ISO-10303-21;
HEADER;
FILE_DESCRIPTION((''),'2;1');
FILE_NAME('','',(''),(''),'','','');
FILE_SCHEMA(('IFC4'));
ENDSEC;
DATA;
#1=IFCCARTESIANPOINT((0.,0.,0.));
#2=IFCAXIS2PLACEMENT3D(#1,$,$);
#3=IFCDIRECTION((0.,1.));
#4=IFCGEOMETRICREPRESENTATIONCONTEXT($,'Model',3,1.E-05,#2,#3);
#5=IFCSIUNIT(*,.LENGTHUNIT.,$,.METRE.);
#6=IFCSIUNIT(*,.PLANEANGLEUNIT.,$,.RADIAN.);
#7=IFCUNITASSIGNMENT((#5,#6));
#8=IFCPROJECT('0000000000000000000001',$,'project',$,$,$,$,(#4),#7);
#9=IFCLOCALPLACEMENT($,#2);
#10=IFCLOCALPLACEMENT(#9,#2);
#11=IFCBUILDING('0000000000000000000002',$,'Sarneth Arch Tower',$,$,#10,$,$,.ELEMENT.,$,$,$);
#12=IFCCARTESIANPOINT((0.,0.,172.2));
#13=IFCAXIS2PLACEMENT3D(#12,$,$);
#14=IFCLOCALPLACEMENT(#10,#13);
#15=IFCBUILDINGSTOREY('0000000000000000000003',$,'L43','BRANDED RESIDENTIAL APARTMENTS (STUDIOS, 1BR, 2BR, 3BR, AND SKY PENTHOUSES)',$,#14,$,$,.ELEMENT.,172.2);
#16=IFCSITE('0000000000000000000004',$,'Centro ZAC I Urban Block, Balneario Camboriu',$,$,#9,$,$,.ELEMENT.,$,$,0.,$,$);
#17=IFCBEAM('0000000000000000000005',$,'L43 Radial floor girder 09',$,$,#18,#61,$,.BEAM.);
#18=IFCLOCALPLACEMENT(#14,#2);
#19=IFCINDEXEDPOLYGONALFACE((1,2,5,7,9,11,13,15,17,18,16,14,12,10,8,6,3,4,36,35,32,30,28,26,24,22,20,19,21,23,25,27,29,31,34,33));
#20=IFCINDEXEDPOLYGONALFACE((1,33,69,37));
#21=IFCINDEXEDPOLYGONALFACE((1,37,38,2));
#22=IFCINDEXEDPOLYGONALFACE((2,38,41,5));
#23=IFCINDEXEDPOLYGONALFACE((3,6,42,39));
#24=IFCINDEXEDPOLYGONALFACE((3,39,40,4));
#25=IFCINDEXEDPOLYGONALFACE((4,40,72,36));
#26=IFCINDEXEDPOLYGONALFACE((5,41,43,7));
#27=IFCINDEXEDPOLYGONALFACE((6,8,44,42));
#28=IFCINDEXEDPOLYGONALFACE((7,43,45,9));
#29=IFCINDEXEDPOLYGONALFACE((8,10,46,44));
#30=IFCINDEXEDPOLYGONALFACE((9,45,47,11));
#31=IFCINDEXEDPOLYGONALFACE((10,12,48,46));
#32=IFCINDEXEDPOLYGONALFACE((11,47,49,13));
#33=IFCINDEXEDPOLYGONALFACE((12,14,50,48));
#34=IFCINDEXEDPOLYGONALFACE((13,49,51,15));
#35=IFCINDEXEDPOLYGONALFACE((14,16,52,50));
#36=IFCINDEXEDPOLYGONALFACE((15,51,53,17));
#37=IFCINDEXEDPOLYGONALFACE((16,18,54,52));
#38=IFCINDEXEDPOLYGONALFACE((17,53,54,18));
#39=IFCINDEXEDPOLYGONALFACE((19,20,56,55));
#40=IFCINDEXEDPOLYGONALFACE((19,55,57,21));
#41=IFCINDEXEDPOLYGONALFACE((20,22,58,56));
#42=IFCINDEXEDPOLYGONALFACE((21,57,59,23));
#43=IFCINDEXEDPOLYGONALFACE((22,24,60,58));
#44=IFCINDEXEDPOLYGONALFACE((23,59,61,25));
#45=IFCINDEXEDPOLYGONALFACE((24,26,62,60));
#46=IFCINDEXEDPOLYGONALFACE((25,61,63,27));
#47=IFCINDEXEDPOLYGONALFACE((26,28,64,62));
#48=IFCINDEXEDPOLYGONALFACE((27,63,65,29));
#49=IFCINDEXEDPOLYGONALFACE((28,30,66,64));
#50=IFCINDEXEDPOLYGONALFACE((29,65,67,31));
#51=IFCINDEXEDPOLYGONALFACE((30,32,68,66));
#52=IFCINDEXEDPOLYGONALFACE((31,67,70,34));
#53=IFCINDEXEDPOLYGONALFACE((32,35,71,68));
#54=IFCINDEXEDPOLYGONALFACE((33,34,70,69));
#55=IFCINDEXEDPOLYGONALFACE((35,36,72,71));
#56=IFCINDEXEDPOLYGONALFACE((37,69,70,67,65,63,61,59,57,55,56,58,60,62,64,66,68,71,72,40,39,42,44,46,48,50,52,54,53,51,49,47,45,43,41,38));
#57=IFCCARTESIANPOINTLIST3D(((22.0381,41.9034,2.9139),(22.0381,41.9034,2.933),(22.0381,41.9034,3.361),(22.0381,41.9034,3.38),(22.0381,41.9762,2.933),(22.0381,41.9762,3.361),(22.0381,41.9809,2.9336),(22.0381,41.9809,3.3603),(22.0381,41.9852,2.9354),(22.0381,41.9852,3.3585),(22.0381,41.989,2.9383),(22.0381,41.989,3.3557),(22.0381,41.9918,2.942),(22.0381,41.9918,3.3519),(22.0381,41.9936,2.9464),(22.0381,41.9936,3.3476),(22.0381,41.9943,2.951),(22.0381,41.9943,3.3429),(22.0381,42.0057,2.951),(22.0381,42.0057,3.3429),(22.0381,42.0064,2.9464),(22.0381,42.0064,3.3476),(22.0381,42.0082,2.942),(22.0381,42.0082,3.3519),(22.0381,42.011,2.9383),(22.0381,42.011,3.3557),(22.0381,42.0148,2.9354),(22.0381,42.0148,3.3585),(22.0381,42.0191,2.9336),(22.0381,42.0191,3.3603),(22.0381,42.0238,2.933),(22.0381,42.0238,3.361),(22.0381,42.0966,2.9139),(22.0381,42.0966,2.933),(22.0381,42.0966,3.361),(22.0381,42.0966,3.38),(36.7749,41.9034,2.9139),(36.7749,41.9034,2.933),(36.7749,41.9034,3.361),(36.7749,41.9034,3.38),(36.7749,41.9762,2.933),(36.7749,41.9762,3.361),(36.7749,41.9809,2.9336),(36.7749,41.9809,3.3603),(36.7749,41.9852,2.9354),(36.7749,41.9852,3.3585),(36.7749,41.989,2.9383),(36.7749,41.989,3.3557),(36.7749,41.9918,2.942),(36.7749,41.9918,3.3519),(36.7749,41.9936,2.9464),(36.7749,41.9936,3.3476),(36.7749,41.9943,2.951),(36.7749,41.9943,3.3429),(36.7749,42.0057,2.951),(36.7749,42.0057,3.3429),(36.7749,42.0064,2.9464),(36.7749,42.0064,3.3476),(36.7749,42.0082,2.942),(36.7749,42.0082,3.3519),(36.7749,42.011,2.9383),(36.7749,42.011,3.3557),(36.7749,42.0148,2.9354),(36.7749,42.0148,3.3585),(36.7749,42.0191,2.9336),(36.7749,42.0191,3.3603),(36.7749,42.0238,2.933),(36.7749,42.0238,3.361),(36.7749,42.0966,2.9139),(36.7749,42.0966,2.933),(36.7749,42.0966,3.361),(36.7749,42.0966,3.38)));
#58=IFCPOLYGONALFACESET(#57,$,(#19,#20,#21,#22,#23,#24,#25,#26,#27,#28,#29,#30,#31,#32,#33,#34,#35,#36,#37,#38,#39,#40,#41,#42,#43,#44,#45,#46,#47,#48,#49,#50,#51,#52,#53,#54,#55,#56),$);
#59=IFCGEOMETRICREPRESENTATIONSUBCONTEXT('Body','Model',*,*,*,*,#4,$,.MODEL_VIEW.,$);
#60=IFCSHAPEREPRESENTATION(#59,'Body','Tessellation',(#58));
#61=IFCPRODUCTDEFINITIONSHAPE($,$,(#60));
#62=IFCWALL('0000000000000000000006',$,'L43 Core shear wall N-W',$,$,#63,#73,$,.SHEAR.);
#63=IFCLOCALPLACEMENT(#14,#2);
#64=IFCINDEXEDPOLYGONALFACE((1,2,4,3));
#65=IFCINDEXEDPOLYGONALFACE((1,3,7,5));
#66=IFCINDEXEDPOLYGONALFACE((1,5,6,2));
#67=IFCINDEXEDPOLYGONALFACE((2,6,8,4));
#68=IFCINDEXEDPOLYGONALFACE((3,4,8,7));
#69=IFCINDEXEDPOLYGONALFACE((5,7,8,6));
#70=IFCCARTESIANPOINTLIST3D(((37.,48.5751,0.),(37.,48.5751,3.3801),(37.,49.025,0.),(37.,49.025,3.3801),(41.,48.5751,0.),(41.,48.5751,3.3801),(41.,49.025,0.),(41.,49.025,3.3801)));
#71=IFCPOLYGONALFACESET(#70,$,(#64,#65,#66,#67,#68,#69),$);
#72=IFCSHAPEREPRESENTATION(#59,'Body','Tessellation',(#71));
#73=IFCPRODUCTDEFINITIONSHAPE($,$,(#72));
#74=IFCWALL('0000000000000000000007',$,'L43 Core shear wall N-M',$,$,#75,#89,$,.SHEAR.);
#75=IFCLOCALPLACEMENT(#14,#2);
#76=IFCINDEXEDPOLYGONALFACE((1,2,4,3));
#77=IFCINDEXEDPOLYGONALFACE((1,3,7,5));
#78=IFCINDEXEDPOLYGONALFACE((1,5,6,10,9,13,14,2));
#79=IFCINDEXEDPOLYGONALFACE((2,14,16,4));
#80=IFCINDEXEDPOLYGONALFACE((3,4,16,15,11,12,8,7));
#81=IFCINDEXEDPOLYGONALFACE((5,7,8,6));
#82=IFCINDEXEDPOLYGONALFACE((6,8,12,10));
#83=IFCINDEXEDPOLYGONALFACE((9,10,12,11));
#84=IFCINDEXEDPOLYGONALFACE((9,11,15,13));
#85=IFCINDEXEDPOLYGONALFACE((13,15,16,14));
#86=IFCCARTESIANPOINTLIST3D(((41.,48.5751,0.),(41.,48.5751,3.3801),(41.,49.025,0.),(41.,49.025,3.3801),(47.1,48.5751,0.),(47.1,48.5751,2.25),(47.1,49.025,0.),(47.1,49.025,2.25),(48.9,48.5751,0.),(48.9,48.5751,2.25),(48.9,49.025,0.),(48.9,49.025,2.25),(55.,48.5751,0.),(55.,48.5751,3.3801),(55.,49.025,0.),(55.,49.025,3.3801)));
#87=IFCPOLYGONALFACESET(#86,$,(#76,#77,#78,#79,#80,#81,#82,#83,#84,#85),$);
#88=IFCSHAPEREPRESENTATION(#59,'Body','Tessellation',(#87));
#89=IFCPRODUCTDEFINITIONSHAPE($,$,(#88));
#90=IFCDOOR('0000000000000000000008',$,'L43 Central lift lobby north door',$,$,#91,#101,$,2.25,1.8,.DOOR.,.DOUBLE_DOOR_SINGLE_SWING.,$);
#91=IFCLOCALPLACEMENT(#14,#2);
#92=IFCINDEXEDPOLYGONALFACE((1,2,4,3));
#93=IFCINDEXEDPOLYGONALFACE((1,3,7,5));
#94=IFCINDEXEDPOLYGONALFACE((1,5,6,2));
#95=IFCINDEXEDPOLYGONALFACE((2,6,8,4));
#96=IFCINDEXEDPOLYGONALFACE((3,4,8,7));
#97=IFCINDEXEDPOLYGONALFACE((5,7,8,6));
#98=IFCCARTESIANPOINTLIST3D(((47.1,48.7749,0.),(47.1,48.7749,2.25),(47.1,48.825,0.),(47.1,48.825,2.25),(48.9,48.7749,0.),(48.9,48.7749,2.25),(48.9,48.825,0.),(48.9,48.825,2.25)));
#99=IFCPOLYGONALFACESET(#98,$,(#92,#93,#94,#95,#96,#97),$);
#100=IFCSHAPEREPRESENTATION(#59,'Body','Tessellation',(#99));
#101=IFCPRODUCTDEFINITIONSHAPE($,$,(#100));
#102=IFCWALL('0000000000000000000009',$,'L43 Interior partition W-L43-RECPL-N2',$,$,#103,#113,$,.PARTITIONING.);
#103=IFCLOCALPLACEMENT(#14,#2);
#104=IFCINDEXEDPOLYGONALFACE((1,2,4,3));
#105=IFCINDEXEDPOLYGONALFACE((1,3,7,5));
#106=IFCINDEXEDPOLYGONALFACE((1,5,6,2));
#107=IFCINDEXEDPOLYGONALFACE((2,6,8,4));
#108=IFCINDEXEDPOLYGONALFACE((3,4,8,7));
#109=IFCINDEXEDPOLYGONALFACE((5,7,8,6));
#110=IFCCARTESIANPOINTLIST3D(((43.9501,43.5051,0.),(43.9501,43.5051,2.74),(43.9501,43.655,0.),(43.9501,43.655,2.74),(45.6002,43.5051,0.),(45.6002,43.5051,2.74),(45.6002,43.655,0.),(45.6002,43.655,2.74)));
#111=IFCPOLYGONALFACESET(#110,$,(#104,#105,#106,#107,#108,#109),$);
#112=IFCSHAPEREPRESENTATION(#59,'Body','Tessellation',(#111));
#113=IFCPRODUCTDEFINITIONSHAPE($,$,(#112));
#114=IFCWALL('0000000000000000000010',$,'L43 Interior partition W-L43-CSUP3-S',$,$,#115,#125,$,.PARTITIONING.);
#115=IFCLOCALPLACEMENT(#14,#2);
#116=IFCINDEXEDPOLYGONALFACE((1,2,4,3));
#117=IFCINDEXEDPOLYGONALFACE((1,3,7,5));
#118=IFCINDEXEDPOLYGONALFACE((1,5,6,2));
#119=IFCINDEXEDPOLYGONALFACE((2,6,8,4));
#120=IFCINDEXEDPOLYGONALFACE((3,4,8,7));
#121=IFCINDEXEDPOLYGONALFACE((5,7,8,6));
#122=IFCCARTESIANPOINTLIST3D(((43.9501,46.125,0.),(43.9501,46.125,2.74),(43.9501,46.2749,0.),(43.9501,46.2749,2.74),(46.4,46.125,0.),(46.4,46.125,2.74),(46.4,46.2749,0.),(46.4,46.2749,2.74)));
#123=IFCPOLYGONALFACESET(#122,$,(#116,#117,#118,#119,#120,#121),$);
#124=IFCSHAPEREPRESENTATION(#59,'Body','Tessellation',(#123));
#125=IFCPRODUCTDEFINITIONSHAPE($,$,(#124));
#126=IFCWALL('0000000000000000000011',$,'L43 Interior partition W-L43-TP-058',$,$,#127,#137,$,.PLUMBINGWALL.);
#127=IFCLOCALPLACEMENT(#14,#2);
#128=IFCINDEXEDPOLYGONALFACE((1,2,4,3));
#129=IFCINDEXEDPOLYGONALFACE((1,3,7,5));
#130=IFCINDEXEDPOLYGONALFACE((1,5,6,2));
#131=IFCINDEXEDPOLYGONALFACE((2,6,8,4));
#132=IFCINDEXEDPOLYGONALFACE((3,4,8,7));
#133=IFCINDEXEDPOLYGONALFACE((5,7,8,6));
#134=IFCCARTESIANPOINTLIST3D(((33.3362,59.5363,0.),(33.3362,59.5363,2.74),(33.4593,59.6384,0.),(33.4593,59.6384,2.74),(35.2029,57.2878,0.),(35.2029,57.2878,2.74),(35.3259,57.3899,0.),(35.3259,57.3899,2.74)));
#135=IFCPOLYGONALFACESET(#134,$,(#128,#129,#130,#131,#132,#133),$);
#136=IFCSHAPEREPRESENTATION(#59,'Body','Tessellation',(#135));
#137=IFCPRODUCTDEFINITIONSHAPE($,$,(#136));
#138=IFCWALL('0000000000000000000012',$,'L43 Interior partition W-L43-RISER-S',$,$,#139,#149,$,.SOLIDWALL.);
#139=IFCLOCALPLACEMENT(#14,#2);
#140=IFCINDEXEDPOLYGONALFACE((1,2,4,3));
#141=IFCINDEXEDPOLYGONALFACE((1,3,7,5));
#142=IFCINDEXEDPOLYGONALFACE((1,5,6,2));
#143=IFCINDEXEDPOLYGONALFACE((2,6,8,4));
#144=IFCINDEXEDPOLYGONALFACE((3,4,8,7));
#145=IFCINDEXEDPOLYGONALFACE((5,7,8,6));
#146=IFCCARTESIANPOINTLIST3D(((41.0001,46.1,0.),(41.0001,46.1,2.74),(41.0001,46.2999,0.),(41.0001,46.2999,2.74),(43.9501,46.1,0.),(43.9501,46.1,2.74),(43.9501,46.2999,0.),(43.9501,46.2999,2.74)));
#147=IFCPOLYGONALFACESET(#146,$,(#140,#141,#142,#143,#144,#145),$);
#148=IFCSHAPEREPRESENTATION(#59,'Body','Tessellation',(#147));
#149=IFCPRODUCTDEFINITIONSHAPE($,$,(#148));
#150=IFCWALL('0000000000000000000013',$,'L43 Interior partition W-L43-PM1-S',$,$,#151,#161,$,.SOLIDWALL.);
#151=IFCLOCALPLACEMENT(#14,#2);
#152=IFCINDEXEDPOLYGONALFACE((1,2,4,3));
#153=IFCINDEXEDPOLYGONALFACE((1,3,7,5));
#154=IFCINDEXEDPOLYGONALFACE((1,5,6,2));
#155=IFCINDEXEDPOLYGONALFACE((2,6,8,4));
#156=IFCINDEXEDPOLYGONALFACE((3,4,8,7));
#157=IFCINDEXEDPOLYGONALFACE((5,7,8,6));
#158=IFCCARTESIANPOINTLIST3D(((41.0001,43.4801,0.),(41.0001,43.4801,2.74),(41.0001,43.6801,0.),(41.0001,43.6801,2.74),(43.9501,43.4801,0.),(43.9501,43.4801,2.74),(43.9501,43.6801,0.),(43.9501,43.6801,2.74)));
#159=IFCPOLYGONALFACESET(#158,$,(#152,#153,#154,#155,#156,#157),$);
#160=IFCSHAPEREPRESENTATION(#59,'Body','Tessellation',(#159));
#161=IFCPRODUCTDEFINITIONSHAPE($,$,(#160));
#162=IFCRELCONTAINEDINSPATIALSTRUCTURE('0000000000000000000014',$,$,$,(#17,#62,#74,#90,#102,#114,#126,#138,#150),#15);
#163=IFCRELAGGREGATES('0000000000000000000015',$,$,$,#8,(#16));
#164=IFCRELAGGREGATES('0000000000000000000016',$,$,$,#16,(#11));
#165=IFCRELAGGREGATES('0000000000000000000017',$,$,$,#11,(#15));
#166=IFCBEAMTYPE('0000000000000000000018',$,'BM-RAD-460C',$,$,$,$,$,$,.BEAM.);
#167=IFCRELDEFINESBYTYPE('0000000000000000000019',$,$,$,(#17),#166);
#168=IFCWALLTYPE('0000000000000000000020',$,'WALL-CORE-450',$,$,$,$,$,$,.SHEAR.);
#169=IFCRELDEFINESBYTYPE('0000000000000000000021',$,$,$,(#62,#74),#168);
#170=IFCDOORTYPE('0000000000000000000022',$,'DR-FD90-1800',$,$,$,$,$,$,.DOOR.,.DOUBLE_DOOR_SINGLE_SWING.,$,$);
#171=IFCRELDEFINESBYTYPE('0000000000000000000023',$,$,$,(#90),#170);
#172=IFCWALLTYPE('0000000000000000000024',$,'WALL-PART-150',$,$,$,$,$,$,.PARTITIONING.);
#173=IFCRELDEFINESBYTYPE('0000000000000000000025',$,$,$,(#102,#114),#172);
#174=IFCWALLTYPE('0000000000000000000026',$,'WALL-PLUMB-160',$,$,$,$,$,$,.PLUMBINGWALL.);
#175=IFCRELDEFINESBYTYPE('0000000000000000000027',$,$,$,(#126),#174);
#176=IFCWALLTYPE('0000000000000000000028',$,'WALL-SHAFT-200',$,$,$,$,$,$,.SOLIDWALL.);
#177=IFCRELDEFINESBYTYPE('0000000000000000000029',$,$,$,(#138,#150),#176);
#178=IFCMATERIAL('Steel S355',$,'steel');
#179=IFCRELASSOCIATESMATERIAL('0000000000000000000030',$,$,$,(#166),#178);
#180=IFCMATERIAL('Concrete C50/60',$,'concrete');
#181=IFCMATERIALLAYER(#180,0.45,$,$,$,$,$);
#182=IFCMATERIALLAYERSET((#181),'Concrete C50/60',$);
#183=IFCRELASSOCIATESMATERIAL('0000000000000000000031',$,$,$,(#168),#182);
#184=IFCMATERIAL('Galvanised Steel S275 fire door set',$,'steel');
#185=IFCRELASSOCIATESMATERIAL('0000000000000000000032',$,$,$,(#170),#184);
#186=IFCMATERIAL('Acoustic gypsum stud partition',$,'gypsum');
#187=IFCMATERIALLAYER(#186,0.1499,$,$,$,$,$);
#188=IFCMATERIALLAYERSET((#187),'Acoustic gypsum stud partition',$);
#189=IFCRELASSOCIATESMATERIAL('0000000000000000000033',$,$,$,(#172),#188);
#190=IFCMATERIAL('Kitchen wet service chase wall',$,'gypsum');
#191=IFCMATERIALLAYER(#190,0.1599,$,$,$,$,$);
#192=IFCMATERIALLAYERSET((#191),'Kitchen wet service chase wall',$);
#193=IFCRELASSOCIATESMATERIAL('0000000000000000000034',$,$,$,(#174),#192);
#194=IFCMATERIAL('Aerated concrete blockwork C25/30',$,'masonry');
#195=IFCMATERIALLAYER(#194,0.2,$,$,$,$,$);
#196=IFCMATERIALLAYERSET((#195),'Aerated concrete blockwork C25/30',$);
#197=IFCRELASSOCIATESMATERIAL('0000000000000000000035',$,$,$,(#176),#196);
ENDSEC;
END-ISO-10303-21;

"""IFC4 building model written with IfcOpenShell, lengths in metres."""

from ifc_helpers import new_model, si_unit, direction, frame, frame_2d, origin, origin_2d, place, context, subcontext, project, spatial, rectangle, i_section, extrude, material, layer, layer_set, material_profile, profile_set, type_object, element, fill, save


model = new_model("IFC4")

# Units and contexts
model_context = context("Model", 3, precision=1e-05, world=origin(), true_north=direction((0.0, 1.0)))
body_context = subcontext(model_context, "Body", "Model", "MODEL_VIEW")
ifc_project = project(units=[si_unit("LENGTHUNIT", "METRE"), si_unit("PLANEANGLEUNIT", "RADIAN")], contexts=[model_context])

# Site, building, storey
site_placement = place(None, origin())
site = spatial("IfcSite", under=ifc_project, at=site_placement, Name="Centro ZAC I Urban Block, Balneario Camboriu", CompositionType="ELEMENT", RefElevation=0.0)
building_placement = place(site_placement, origin())
building = spatial("IfcBuilding", under=site, at=building_placement, Name="Sarneth Arch Tower", CompositionType="ELEMENT")
storey_placement = place(building_placement, frame((0.0, 0.0, 172.2)))
storey = spatial("IfcBuildingStorey", under=building, at=storey_placement, Name="L43", Description="BRANDED RESIDENTIAL APARTMENTS (STUDIOS, 1BR, 2BR, 3BR, AND SKY PENTHOUSES)", CompositionType="ELEMENT", Elevation=172.2)

# Beam
ifc_material_1 = material(Name="Steel S355", Category="steel")
ifc_material_profile_1 = material_profile(ifc_material_1, i_section(OverallWidth=0.1931, OverallDepth=0.4661, WebThickness=0.0115, FlangeThickness=0.019, FilletRadius=0.0181, at=origin_2d()), Name="W460x97")
ifc_profile_set_1 = profile_set([ifc_material_profile_1], Name="Steel S355")
beam_type_1 = type_object("IfcBeamType", Name="BM-RAD-460C", PredefinedType="BEAM", material=ifc_profile_set_1)
beam_1_placement = place(storey_placement, frame((36.7749, 42.0, 3.147), z_axis=(-1.0, 0.0, 0.0), x_axis=(0.0, -1.0, 0.0)))
element("IfcBeam", 1, at=beam_1_placement, inside=storey, type_object=beam_type_1, Name="L43 Radial floor girder 09", PredefinedType="BEAM", context=body_context, shape_type="SweptSolid", body=[
    extrude(i_section(OverallWidth=0.1931, OverallDepth=0.4661, WebThickness=0.0115, FlangeThickness=0.019, FilletRadius=0.0181, at=origin_2d()), origin(), (0.0, 0.0, 1.0), 14.7368),
])

# Wall
ifc_material_2 = material(Name="Concrete C50/60", Category="concrete")
ifc_layer_1 = layer(ifc_material_2, 0.45)
ifc_layer_set_1 = layer_set([ifc_layer_1], Name="Concrete C50/60")
wall_type_1 = type_object("IfcWallType", Name="WALL-CORE-450", PredefinedType="SHEAR", material=ifc_layer_set_1)
wall_1_placement = place(storey_placement, frame((37.0, 48.8, 0.0), z_axis=(0.0, 0.0, 1.0), x_axis=(1.0, 0.0, 0.0)))
element("IfcWall", 2, at=wall_1_placement, inside=storey, type_object=wall_type_1, Name="L43 Core shear wall N-W", PredefinedType="SHEAR", context=body_context, shape_type="SweptSolid", body=[
    extrude(rectangle(XDim=4.0, YDim=0.45, at=frame_2d((2.0, 0.0))), origin(), (0.0, 0.0, 1.0), 3.3801),
])

# Wall, opening, door
wall_2_placement = place(storey_placement, frame((41.0, 48.8, 0.0), z_axis=(0.0, 0.0, 1.0), x_axis=(1.0, 0.0, 0.0)))
wall_2 = element("IfcWall", 3, at=wall_2_placement, inside=storey, type_object=wall_type_1, Name="L43 Core shear wall N-M", PredefinedType="SHEAR", context=body_context, shape_type="SweptSolid", body=[
    extrude(rectangle(XDim=14.0, YDim=0.45, at=frame_2d((7.0, 0.0))), origin(), (0.0, 0.0, 1.0), 3.3801),
])
opening_1_placement = place(wall_2_placement, frame((6.1001, 0.0, 0.0)))
opening_1 = element("IfcOpeningElement", 4, at=opening_1_placement, cuts=wall_2, PredefinedType="OPENING", context=body_context, shape_type="SweptSolid", body=[
    extrude(rectangle(XDim=1.8, YDim=2.25, at=frame_2d((0.8999, 1.125))), frame((0.0, 0.2349, 0.0), z_axis=(0.0, -1.0, 0.0), x_axis=(1.0, 0.0, 0.0)), (0.0, 0.0, 1.0), 0.47),
])
ifc_material_3 = material(Name="Galvanised Steel S275 fire door set", Category="steel")
door_type_1 = type_object("IfcDoorType", Name="DR-FD90-1800", OperationType="DOUBLE_DOOR_SINGLE_SWING", PredefinedType="DOOR", material=ifc_material_3)
door_1_placement = place(opening_1_placement, origin())
door_1 = element("IfcDoor", 5, at=door_1_placement, inside=storey, type_object=door_type_1, Name="L43 Central lift lobby north door", OperationType="DOUBLE_DOOR_SINGLE_SWING", OverallHeight=2.25, OverallWidth=1.8, PredefinedType="DOOR", context=body_context, shape_type="SweptSolid", body=[
    extrude(rectangle(XDim=1.8, YDim=2.25, at=frame_2d((0.8999, 1.125))), frame((0.0, 0.0249, 0.0), z_axis=(0.0, -1.0, 0.0), x_axis=(1.0, 0.0, 0.0)), (0.0, 0.0, 1.0), 0.05),
])
fill(opening_1, door_1)

# Walls
ifc_material_4 = material(Name="Acoustic gypsum stud partition", Category="gypsum")
ifc_layer_2 = layer(ifc_material_4, 0.1499)
ifc_layer_set_2 = layer_set([ifc_layer_2], Name="Acoustic gypsum stud partition")
wall_type_2 = type_object("IfcWallType", Name="WALL-PART-150", PredefinedType="PARTITIONING", material=ifc_layer_set_2)
wall_3_placement = place(storey_placement, frame((43.95, 43.5801, 0.0), z_axis=(0.0, 0.0, 1.0), x_axis=(1.0, 0.0, 0.0)))
element("IfcWall", 6, at=wall_3_placement, inside=storey, type_object=wall_type_2, Name="L43 Interior partition W-L43-RECPL-N2", PredefinedType="PARTITIONING", context=body_context, shape_type="SweptSolid", body=[
    extrude(rectangle(XDim=1.6501, YDim=0.1499, at=frame_2d((0.8252, 0.0))), origin(), (0.0, 0.0, 1.0), 2.74),
])
wall_4_placement = place(storey_placement, frame((43.95, 46.2, 0.0), z_axis=(0.0, 0.0, 1.0), x_axis=(1.0, 0.0, 0.0)))
element("IfcWall", 7, at=wall_4_placement, inside=storey, type_object=wall_type_2, Name="L43 Interior partition W-L43-CSUP3-S", PredefinedType="PARTITIONING", context=body_context, shape_type="SweptSolid", body=[
    extrude(rectangle(XDim=2.45, YDim=0.1499, at=frame_2d((1.2251, 0.0))), origin(), (0.0, 0.0, 1.0), 2.74),
])

# Walls
ifc_material_5 = material(Name="Kitchen wet service chase wall", Category="gypsum")
ifc_layer_3 = layer(ifc_material_5, 0.1599)
ifc_layer_set_3 = layer_set([ifc_layer_3], Name="Kitchen wet service chase wall")
wall_type_3 = type_object("IfcWallType", Name="WALL-PLUMB-160", PredefinedType="PLUMBINGWALL", material=ifc_layer_set_3)
wall_5_placement = place(storey_placement, frame((35.2644, 57.3389, 0.0), z_axis=(0.0, 0.0, 1.0), x_axis=(-0.638754, 0.769411, 0.0)))
element("IfcWall", 8, at=wall_5_placement, inside=storey, type_object=wall_type_3, Name="L43 Interior partition W-L43-TP-058", PredefinedType="PLUMBINGWALL", context=body_context, shape_type="SweptSolid", body=[
    extrude(rectangle(XDim=2.9224, YDim=0.1599, at=frame_2d((1.4612, 0.0))), origin(), (0.0, 0.0, 1.0), 2.74),
])
ifc_material_6 = material(Name="Aerated concrete blockwork C25/30", Category="masonry")
ifc_layer_4 = layer(ifc_material_6, 0.2)
ifc_layer_set_4 = layer_set([ifc_layer_4], Name="Aerated concrete blockwork C25/30")
wall_type_4 = type_object("IfcWallType", Name="WALL-SHAFT-200", PredefinedType="SOLIDWALL", material=ifc_layer_set_4)
wall_6_placement = place(storey_placement, frame((41.0, 46.2, 0.0), z_axis=(0.0, 0.0, 1.0), x_axis=(1.0, 0.0, 0.0)))
element("IfcWall", 9, at=wall_6_placement, inside=storey, type_object=wall_type_4, Name="L43 Interior partition W-L43-RISER-S", PredefinedType="SOLIDWALL", context=body_context, shape_type="SweptSolid", body=[
    extrude(rectangle(XDim=2.95, YDim=0.2, at=frame_2d((1.4751, 0.0))), origin(), (0.0, 0.0, 1.0), 2.74),
])

# Wall
wall_7_placement = place(storey_placement, frame((41.0, 43.5801, 0.0), z_axis=(0.0, 0.0, 1.0), x_axis=(1.0, 0.0, 0.0)))
element("IfcWall", 10, at=wall_7_placement, inside=storey, type_object=wall_type_4, Name="L43 Interior partition W-L43-PM1-S", PredefinedType="SOLIDWALL", context=body_context, shape_type="SweptSolid", body=[
    extrude(rectangle(XDim=2.95, YDim=0.2, at=frame_2d((1.4751, 0.0))), origin(), (0.0, 0.0, 1.0), 2.74),
])

save(model, "model.ifc")
